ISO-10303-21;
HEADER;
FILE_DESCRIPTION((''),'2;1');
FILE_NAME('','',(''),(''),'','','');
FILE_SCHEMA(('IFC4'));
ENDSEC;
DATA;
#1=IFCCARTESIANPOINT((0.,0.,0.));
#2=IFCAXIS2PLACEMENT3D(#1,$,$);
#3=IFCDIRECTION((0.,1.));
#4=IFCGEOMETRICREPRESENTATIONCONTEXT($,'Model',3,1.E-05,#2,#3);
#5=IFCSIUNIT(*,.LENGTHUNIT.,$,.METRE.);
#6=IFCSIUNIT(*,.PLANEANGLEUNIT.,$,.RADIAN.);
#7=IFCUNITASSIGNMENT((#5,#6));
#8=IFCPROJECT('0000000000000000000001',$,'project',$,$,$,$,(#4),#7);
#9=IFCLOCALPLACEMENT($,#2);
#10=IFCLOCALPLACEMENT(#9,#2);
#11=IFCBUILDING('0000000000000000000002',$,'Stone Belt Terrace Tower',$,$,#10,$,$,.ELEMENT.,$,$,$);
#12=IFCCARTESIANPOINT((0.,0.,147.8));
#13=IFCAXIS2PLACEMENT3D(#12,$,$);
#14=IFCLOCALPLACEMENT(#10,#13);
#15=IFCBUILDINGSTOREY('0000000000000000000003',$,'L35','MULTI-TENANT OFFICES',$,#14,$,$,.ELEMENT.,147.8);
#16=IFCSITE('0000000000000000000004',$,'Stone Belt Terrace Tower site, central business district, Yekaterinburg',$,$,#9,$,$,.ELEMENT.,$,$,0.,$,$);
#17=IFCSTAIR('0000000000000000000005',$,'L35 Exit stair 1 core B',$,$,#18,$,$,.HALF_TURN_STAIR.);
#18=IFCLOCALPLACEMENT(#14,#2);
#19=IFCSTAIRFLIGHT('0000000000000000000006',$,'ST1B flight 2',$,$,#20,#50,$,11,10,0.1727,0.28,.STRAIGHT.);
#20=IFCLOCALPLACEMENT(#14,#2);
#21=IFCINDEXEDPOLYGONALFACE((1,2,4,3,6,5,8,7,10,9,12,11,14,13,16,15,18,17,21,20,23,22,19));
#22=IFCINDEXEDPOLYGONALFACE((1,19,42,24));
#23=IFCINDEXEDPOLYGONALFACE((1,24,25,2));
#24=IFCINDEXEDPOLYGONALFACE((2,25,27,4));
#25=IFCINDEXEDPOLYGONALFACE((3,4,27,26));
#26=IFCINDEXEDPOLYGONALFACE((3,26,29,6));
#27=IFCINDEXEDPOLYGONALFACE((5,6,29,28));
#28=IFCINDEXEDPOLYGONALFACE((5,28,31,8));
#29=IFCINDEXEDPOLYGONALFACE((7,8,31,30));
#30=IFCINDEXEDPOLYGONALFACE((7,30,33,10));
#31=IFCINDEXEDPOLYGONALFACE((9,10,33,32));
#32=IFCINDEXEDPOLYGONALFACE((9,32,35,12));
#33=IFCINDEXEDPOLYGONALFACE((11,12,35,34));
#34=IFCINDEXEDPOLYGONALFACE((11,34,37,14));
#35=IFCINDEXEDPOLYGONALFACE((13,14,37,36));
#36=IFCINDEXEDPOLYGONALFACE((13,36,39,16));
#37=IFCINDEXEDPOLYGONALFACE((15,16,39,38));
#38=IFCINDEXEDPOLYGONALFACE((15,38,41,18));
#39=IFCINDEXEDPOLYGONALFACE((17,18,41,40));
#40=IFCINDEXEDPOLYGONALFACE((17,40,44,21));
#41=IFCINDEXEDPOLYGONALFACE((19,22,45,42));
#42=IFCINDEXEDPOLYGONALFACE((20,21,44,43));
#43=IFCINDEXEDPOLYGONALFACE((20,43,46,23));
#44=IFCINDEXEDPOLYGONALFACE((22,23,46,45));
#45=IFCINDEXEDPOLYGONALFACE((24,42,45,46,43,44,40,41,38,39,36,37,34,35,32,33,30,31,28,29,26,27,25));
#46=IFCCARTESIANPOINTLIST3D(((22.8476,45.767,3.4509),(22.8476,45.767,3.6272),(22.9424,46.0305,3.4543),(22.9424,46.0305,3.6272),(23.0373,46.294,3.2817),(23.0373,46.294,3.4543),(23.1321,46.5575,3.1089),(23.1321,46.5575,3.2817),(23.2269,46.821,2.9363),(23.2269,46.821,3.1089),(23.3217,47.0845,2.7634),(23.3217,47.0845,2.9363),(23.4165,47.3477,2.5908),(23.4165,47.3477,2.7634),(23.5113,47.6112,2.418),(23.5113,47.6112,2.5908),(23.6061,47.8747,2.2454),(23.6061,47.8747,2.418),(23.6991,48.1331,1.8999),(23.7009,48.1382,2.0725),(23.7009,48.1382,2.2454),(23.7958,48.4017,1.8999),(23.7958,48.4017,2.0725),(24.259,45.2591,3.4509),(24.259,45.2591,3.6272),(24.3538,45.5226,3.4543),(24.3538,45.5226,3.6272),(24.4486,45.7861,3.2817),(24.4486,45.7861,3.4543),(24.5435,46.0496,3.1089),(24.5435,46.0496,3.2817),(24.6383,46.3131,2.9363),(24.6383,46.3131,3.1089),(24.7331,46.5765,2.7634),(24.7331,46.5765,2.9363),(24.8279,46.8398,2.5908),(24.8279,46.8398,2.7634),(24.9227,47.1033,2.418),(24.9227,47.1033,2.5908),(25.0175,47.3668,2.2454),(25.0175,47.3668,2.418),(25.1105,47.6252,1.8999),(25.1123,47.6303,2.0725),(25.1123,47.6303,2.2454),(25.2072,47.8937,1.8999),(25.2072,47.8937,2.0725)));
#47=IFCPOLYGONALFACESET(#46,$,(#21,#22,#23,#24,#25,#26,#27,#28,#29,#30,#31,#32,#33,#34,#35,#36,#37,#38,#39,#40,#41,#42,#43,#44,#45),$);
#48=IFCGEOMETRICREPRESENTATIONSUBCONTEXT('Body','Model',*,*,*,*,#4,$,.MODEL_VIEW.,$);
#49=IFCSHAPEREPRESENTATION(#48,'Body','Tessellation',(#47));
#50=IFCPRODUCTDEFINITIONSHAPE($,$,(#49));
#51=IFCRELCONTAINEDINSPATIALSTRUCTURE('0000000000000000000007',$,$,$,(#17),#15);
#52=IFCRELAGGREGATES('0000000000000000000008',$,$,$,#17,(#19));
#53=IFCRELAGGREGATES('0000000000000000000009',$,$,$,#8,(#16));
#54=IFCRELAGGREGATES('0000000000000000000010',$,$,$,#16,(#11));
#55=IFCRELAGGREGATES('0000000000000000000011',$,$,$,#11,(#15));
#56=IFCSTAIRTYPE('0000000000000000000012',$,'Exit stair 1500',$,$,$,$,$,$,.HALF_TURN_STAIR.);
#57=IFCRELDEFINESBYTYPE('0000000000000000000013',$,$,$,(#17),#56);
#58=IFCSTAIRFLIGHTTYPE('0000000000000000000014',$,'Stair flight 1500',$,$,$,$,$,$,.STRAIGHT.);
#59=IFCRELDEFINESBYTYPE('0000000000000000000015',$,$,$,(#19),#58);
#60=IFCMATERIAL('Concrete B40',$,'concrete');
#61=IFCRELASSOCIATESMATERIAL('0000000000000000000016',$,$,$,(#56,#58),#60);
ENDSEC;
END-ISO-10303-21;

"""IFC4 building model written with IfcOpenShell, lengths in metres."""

from ifc_helpers import new_model, si_unit, direction, frame, origin, place, context, subcontext, project, spatial, polyline, outline, extrude, material, type_object, element, aggregate, save


model = new_model("IFC4")

# Units and contexts
model_context = context("Model", 3, precision=1e-05, world=origin(), true_north=direction((0.0, 1.0)))
body_context = subcontext(model_context, "Body", "Model", "MODEL_VIEW")
ifc_project = project(units=[si_unit("LENGTHUNIT", "METRE"), si_unit("PLANEANGLEUNIT", "RADIAN")], contexts=[model_context])

# Site, building, storey
site_placement = place(None, origin())
site = spatial("IfcSite", under=ifc_project, at=site_placement, Name="Stone Belt Terrace Tower site, central business district, Yekaterinburg", CompositionType="ELEMENT", RefElevation=0.0)
building_placement = place(site_placement, origin())
building = spatial("IfcBuilding", under=site, at=building_placement, Name="Stone Belt Terrace Tower", CompositionType="ELEMENT")
storey_placement = place(building_placement, frame((0.0, 0.0, 147.8)))
storey = spatial("IfcBuildingStorey", under=building, at=storey_placement, Name="L35", Description="MULTI-TENANT OFFICES", CompositionType="ELEMENT", Elevation=147.8)

# Stair, stair flight
ifc_material_1 = material(Name="Concrete B40", Category="concrete")
stair_type = type_object("IfcStairType", Name="Exit stair 1500", PredefinedType="HALF_TURN_STAIR", material=ifc_material_1)
stair_placement = place(storey_placement, origin())
stair = element("IfcStair", 1, at=stair_placement, inside=storey, type_object=stair_type, Name="L35 Exit stair 1 core B", PredefinedType="HALF_TURN_STAIR")
stair_flight_type = type_object("IfcStairFlightType", Name="Stair flight 1500", PredefinedType="STRAIGHT", material=ifc_material_1)
stair_flight_placement = place(storey_placement, frame((24.5015, 48.1477, 1.8999), z_axis=(0.0, 0.0, 1.0), x_axis=(-0.338624, -0.940922, 0.0)))
stair_flight = element("IfcStairFlight", 2, at=stair_flight_placement, type_object=stair_flight_type, Name="ST1B flight 2", NumberOfRisers=11, NumberOfTreads=10, PredefinedType="STRAIGHT", RiserHeight=0.1727, TreadLength=0.28, context=body_context, shape_type="SweptSolid", body=[
    extrude(outline(polyline([(0.0, 0.0), (0.0, 0.1726), (0.28, 0.1726), (0.28, 0.3455), (0.5601, 0.3455), (0.5601, 0.5181), (0.8401, 0.5181), (0.8401, 0.6909), (1.1201, 0.6909), (1.1201, 0.8635), (1.3999, 0.8635), (1.3999, 1.0364), (1.6799, 1.0364), (1.6799, 1.209), (1.96, 1.209), (1.96, 1.3818), (2.24, 1.3818), (2.24, 1.5544), (2.52, 1.5544), (2.52, 1.7273), (2.8, 1.7273), (2.8, 1.8999), (2.8, 1.551), (0.2854, 0.0), (0.0, 0.0)])), frame((0.0, 0.75, 0.0), z_axis=(0.0, -1.0, 0.0), x_axis=(1.0, 0.0, 0.0)), (0.0, 0.0, 1.0), 1.5),
])
aggregate(stair, [stair_flight])

save(model, "model.ifc")
